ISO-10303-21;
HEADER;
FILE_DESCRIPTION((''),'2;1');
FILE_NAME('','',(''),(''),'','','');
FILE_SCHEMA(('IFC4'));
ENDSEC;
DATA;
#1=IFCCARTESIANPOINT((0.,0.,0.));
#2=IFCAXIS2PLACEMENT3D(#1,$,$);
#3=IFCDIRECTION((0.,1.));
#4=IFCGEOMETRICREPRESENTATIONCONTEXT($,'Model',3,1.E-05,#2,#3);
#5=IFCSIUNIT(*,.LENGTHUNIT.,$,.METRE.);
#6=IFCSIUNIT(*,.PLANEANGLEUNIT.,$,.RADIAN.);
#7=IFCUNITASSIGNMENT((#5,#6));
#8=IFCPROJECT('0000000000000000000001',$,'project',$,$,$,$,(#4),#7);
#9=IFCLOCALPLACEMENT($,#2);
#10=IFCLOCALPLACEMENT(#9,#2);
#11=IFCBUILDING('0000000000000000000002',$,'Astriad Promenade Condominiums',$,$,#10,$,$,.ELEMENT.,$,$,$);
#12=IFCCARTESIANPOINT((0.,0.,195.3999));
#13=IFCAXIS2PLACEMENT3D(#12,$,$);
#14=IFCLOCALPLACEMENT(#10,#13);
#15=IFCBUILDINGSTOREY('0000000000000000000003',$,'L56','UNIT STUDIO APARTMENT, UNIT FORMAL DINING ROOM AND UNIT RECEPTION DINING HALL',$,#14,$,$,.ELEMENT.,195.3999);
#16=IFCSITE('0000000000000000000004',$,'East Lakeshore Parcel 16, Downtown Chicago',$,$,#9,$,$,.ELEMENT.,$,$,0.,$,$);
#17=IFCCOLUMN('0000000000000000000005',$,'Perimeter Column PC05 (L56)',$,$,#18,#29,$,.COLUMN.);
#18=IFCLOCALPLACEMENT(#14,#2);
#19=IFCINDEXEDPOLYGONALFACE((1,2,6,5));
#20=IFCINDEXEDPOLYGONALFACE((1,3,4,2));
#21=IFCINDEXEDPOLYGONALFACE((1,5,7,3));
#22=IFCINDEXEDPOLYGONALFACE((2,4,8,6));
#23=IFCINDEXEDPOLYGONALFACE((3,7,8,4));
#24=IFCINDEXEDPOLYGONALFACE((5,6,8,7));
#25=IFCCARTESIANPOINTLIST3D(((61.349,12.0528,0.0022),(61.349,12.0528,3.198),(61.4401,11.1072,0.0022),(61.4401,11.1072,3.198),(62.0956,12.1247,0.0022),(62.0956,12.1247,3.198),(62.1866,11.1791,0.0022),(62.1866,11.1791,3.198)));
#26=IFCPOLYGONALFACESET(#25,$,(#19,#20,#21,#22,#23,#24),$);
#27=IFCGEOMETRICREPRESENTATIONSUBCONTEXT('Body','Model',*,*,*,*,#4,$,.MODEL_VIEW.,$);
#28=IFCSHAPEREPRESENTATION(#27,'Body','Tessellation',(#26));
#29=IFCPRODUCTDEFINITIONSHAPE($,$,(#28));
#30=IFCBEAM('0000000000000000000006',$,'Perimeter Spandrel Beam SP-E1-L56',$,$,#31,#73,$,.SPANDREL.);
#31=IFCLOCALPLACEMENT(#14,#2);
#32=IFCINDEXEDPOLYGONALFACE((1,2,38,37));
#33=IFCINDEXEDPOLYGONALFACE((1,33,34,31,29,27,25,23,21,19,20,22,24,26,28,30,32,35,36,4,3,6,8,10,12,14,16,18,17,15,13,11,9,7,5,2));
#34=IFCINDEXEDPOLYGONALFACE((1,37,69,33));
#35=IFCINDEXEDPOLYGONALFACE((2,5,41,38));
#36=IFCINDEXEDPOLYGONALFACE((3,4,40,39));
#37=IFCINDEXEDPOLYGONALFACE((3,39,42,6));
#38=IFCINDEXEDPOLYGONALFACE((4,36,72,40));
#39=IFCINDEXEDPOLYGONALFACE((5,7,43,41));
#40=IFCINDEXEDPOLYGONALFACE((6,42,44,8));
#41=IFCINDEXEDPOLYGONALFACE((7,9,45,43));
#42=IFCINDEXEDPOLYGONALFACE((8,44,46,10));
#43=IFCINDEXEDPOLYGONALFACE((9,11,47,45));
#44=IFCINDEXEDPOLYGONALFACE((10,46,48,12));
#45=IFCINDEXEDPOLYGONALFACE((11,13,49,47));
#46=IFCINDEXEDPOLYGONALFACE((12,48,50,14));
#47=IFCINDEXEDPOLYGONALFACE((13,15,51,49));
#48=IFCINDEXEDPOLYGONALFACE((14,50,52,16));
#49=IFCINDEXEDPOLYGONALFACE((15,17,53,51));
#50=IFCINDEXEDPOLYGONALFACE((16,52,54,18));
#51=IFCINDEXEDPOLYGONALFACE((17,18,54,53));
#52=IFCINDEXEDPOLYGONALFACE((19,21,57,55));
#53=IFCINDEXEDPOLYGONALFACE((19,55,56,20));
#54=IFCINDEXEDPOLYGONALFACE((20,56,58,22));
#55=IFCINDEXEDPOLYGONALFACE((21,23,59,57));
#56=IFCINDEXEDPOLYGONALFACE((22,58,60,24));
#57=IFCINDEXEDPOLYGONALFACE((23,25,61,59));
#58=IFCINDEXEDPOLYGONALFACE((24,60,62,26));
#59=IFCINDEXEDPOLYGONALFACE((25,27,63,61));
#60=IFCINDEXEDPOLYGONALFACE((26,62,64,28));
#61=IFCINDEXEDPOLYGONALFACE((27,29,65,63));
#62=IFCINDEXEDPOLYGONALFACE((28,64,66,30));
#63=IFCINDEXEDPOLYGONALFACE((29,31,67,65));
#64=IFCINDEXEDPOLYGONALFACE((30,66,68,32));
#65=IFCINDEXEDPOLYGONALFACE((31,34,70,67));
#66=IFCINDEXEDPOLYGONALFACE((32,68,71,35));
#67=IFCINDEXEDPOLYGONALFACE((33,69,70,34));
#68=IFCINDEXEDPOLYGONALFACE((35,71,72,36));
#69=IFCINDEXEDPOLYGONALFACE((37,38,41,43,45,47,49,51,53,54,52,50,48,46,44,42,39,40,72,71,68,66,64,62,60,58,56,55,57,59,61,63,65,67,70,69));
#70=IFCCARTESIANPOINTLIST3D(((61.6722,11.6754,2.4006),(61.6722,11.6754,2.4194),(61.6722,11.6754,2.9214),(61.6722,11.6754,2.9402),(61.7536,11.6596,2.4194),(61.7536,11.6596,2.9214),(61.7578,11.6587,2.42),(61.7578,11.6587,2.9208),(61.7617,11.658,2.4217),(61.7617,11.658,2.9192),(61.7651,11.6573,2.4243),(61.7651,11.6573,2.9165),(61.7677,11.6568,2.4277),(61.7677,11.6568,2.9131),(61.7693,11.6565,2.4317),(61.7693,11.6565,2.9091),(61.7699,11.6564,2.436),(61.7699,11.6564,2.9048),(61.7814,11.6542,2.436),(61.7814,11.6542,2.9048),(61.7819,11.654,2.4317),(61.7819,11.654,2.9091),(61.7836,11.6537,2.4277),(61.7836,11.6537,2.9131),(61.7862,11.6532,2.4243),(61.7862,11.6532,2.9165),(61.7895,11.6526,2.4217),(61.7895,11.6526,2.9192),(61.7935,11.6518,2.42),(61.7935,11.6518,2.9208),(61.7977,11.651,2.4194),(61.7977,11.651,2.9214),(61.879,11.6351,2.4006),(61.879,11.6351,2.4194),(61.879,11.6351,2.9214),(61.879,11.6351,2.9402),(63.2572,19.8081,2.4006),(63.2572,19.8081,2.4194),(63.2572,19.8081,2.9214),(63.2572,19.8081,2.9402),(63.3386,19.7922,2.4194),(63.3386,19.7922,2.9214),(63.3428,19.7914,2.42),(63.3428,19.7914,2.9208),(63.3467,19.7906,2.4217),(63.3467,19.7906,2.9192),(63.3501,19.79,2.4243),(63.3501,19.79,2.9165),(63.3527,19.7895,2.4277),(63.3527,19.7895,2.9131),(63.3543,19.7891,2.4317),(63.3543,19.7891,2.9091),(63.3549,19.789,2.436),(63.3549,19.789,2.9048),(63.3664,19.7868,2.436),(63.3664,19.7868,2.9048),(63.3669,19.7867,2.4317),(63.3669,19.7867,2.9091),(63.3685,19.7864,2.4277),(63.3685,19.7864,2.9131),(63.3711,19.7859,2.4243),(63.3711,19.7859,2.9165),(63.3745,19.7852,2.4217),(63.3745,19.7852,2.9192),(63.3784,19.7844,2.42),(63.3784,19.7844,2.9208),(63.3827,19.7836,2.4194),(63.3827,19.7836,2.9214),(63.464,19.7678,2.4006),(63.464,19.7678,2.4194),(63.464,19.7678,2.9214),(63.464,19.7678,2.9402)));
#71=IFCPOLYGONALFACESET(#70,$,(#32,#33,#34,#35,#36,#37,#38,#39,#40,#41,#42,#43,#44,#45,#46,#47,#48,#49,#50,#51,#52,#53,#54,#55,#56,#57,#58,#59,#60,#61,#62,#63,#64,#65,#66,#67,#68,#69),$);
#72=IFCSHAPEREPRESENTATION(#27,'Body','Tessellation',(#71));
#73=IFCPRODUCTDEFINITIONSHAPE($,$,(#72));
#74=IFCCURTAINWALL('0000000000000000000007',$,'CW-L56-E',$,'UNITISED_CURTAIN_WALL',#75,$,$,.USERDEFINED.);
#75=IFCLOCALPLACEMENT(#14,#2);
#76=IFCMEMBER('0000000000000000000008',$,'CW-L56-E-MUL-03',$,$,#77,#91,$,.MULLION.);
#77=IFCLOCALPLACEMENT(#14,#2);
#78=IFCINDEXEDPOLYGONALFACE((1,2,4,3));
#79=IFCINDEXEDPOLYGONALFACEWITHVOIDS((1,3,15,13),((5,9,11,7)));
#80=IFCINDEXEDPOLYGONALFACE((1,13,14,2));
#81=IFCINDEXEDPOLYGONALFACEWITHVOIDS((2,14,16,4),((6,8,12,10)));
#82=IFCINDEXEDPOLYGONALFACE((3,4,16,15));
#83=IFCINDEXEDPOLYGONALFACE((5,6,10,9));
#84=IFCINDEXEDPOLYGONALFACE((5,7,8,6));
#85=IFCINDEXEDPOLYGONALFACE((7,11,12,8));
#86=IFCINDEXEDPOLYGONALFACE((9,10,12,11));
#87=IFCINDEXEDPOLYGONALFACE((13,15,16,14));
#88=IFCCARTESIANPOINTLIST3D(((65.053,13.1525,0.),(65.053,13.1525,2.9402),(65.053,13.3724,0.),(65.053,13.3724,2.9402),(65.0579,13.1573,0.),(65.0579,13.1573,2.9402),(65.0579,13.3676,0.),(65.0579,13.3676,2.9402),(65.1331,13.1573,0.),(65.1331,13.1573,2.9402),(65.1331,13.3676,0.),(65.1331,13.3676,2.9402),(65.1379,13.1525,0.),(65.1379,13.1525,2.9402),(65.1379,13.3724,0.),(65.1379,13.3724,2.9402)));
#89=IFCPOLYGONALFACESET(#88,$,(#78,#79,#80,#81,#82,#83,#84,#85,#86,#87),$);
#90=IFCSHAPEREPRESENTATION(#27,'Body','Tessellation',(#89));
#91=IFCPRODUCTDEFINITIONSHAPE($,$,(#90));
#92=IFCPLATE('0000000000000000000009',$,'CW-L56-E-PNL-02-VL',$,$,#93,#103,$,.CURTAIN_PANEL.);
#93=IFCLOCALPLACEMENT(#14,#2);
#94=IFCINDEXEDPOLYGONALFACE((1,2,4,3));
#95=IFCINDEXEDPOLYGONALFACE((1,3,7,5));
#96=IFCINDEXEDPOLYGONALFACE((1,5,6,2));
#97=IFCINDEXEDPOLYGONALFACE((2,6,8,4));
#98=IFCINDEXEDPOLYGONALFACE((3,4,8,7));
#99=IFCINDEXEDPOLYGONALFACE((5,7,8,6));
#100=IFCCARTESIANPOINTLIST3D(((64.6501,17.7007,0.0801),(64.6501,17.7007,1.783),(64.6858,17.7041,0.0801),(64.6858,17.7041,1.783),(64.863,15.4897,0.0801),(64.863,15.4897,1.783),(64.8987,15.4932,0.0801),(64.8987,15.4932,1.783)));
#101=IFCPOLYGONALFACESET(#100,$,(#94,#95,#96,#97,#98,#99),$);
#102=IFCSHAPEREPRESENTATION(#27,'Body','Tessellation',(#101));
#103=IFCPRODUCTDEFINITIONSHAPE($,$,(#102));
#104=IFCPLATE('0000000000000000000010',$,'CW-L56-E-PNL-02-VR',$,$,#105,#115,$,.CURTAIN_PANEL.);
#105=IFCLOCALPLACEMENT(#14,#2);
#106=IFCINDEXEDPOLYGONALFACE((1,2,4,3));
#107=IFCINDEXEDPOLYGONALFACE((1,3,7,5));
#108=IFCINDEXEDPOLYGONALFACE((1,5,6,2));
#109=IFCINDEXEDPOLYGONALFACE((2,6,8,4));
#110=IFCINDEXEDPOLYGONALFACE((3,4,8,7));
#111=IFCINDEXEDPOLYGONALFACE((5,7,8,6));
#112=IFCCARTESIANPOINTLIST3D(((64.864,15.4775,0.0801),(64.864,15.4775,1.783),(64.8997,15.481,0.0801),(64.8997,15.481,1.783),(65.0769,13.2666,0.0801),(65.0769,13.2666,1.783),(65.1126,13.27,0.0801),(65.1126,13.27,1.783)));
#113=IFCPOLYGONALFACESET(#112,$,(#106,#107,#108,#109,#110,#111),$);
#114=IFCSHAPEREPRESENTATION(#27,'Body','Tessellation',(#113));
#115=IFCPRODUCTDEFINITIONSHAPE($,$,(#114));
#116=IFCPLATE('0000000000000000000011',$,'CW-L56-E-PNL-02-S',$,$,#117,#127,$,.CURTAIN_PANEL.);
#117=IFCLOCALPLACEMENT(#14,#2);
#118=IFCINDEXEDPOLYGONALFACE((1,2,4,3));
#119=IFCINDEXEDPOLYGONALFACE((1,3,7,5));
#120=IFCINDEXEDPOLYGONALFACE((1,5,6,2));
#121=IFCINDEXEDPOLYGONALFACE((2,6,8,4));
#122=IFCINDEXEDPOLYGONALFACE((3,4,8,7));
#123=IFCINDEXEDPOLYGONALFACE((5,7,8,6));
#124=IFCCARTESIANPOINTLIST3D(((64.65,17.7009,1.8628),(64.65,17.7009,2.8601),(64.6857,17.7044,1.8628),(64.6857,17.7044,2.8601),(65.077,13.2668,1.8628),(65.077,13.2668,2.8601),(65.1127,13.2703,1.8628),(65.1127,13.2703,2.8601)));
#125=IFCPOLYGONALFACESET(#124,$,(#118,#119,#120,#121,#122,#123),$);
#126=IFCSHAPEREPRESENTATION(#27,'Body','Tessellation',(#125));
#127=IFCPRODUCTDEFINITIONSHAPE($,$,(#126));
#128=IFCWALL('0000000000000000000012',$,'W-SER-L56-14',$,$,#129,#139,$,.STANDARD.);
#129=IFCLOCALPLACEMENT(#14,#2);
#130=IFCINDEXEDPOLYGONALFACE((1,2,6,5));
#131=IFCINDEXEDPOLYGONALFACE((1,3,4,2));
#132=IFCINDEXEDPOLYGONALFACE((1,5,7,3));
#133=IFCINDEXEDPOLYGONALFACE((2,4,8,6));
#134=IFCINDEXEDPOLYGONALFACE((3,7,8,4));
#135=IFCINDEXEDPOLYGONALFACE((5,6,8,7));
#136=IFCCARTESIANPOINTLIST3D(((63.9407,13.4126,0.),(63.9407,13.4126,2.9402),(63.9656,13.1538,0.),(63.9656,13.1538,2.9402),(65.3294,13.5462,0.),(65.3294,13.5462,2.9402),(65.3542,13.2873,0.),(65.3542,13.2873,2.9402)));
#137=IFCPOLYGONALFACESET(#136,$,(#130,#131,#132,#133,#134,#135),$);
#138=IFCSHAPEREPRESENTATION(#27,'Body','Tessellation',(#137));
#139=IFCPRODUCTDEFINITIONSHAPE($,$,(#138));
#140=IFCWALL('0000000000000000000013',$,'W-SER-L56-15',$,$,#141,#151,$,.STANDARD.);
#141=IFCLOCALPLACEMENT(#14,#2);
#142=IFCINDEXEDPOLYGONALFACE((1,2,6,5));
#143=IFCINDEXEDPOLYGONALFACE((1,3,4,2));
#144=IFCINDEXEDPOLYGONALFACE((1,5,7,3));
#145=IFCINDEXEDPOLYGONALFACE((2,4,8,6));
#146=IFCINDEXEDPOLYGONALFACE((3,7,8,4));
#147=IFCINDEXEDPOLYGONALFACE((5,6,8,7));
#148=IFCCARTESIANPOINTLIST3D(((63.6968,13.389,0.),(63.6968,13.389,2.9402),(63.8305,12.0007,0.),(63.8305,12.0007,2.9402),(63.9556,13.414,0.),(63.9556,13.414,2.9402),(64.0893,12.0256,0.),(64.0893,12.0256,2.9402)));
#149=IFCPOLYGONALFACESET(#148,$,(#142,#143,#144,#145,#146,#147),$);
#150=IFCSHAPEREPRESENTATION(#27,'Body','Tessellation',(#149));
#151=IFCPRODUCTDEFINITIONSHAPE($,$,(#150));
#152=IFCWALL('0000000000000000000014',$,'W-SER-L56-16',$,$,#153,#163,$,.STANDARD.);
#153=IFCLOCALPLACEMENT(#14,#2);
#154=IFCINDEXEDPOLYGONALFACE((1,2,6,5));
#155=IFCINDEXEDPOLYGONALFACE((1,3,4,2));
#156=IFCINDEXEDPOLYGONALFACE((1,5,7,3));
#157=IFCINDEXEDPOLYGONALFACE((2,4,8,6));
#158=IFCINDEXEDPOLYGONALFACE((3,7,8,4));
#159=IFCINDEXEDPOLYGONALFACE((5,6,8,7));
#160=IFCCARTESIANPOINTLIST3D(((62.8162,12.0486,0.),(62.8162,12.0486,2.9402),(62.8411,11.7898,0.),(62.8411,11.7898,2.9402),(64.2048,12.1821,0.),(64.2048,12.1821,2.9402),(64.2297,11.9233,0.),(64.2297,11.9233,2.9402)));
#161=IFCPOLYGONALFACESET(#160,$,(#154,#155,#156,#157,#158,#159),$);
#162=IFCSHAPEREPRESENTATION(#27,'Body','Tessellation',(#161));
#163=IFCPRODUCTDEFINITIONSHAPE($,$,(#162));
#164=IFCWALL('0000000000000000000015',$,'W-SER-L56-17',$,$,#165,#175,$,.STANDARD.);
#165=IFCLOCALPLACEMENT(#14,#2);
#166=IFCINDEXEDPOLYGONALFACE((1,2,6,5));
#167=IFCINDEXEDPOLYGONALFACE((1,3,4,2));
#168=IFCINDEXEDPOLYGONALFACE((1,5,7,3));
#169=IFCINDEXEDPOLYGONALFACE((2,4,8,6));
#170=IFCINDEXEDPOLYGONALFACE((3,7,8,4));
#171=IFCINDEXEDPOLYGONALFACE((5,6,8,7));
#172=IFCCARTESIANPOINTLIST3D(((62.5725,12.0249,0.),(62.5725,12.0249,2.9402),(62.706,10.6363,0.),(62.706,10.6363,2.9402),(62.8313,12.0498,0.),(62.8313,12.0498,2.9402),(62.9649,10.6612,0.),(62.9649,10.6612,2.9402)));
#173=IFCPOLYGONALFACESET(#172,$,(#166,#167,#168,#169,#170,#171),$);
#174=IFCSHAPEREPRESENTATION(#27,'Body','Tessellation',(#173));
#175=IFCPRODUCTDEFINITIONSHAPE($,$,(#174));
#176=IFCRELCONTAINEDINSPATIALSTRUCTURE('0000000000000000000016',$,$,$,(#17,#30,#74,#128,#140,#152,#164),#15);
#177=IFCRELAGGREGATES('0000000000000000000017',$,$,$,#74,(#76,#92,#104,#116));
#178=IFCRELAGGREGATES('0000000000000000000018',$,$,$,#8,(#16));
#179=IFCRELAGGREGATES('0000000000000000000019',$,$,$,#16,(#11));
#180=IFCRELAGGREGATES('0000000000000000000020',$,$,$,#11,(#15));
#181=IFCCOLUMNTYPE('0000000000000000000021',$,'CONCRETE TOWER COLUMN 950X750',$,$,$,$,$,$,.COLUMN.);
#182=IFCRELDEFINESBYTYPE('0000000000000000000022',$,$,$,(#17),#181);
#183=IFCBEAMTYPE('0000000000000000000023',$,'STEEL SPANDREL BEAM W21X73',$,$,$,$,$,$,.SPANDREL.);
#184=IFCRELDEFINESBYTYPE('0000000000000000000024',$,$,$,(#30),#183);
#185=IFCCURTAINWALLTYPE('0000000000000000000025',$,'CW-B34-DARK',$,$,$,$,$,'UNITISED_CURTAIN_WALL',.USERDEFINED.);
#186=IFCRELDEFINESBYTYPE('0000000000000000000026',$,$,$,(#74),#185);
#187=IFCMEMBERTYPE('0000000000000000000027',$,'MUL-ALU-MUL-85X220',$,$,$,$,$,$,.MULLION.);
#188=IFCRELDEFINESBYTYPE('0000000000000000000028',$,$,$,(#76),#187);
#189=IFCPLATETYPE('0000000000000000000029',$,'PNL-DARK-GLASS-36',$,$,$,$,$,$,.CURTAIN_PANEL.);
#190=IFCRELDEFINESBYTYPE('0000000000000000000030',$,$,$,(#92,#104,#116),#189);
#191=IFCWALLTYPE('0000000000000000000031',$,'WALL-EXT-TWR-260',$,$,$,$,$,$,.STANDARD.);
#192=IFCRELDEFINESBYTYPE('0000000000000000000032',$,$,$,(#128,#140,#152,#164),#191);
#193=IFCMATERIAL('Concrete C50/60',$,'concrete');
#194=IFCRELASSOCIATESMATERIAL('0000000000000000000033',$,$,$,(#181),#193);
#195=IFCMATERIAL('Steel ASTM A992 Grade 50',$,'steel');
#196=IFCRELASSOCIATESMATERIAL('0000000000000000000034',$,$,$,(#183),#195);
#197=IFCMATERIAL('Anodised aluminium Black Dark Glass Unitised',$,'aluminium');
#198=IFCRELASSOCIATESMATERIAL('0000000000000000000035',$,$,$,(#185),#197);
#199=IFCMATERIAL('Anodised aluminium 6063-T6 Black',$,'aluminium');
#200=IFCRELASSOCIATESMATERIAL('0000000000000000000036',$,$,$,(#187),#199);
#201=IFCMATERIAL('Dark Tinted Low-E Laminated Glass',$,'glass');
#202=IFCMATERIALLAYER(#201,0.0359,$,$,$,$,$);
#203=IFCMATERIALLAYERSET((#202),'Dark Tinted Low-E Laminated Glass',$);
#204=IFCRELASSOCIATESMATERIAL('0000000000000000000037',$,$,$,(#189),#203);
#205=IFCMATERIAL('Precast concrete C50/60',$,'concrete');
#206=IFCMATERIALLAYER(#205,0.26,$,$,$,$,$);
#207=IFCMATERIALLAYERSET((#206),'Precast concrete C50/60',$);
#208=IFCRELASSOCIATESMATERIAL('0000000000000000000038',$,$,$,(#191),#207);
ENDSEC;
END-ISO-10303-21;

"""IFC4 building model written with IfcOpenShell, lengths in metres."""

from ifc_helpers import new_model, si_unit, direction, frame, frame_2d, origin, origin_2d, place, context, subcontext, project, spatial, rectangle, hollow_rectangle, i_section, extrude, source, transform, mapped, material, layer, layer_set, material_profile, profile_set, type_object, type_shapes, element, aggregate, save


model = new_model("IFC4")

# Units and contexts
model_context = context("Model", 3, precision=1e-05, world=origin(), true_north=direction((0.0, 1.0)))
body_context = subcontext(model_context, "Body", "Model", "MODEL_VIEW")
ifc_project = project(units=[si_unit("LENGTHUNIT", "METRE"), si_unit("PLANEANGLEUNIT", "RADIAN")], contexts=[model_context])

# Site, building, storey
site_placement = place(None, origin())
site = spatial("IfcSite", under=ifc_project, at=site_placement, Name="East Lakeshore Parcel 16, Downtown Chicago", CompositionType="ELEMENT", RefElevation=0.0)
building_placement = place(site_placement, origin())
building = spatial("IfcBuilding", under=site, at=building_placement, Name="Astriad Promenade Condominiums", CompositionType="ELEMENT")
storey_placement = place(building_placement, frame((0.0, 0.0, 195.3999)))
storey = spatial("IfcBuildingStorey", under=building, at=storey_placement, Name="L56", Description="UNIT STUDIO APARTMENT, UNIT FORMAL DINING ROOM AND UNIT RECEPTION DINING HALL", CompositionType="ELEMENT", Elevation=195.3999)

# Column
ifc_material_1 = material(Name="Concrete C50/60", Category="concrete")
ifc_material_profile_1 = material_profile(ifc_material_1, rectangle(XDim=0.75, YDim=0.95, at=origin_2d()), Name="RC-COL-950X750")
ifc_profile_set_1 = profile_set([ifc_material_profile_1], Name="Concrete C50/60")
column_type = type_object("IfcColumnType", Name="CONCRETE TOWER COLUMN 950X750", PredefinedType="COLUMN", material=ifc_profile_set_1)
shared_shape_1 = source(origin(), body_context, "Body", "SweptSolid", [
    extrude(rectangle(XDim=0.75, YDim=0.95, at=origin_2d()), origin(), (0.0, 0.0, 1.0), 3.1958),
])
type_shapes(column_type, [shared_shape_1])
column_placement = place(storey_placement, frame((61.7678, 11.616, 0.0022), z_axis=(0.0, 0.0, 1.0), x_axis=(0.995396, 0.095846, 0.0)))
element("IfcColumn", 1, at=column_placement, inside=storey, type_object=column_type, Name="Perimeter Column PC05 (L56)", PredefinedType="COLUMN", context=body_context, shape_type="MappedRepresentation", body=[
    mapped(shared_shape_1, transform((0.0, 0.0, 0.0), scale=1.0)),
])

# Beam
ifc_material_2 = material(Name="Steel ASTM A992 Grade 50", Category="steel")
ifc_material_profile_2 = material_profile(ifc_material_2, i_section(OverallWidth=0.2107, OverallDepth=0.5396, WebThickness=0.0117, FlangeThickness=0.0188, FilletRadius=0.0166, at=origin_2d()), Name="W21X73")
ifc_profile_set_2 = profile_set([ifc_material_profile_2], Name="Steel ASTM A992 Grade 50")
beam_type = type_object("IfcBeamType", Name="STEEL SPANDREL BEAM W21X73", PredefinedType="SPANDREL", material=ifc_profile_set_2)
shared_shape_2 = source(origin(), body_context, "Body", "SweptSolid", [
    extrude(i_section(OverallWidth=0.2107, OverallDepth=0.5396, WebThickness=0.0117, FlangeThickness=0.0188, FilletRadius=0.0166, at=origin_2d()), origin(), (0.0, 0.0, 1.0), 8.2856),
])
type_shapes(beam_type, [shared_shape_2])
beam_placement = place(storey_placement, frame((61.7756, 11.6553, 2.6704), z_axis=(0.191292, 0.981533, 0.0), x_axis=(-0.981533, 0.191292, 0.0)))
element("IfcBeam", 2, at=beam_placement, inside=storey, type_object=beam_type, Name="Perimeter Spandrel Beam SP-E1-L56", PredefinedType="SPANDREL", context=body_context, shape_type="MappedRepresentation", body=[
    mapped(shared_shape_2, transform((0.0, 0.0, 0.0), scale=1.0)),
])

# Curtain wall, member, plates
ifc_material_3 = material(Name="Anodised aluminium Black Dark Glass Unitised", Category="aluminium")
curtain_wall_type = type_object("IfcCurtainWallType", Name="CW-B34-DARK", ElementType="UNITISED_CURTAIN_WALL", PredefinedType="USERDEFINED", material=ifc_material_3)
curtain_wall_placement = place(storey_placement, origin())
curtain_wall = element("IfcCurtainWall", 3, at=curtain_wall_placement, inside=storey, type_object=curtain_wall_type, Name="CW-L56-E", ObjectType="UNITISED_CURTAIN_WALL", PredefinedType="USERDEFINED")
ifc_material_4 = material(Name="Anodised aluminium 6063-T6 Black", Category="aluminium")
ifc_material_profile_3 = material_profile(ifc_material_4, hollow_rectangle(XDim=0.085, YDim=0.22, WallThickness=0.0049, at=origin_2d()), Name="ALU-MUL-85X220")
ifc_profile_set_3 = profile_set([ifc_material_profile_3], Name="Anodised aluminium 6063-T6 Black")
member_type = type_object("IfcMemberType", Name="MUL-ALU-MUL-85X220", PredefinedType="MULLION", material=ifc_profile_set_3)
shared_shape_3 = source(origin(), body_context, "Body", "SweptSolid", [
    extrude(hollow_rectangle(XDim=0.085, YDim=0.22, WallThickness=0.0049, at=origin_2d()), origin(), (0.0, 0.0, 1.0), 2.9402),
])
type_shapes(member_type, [shared_shape_3])
member_placement = place(storey_placement, frame((65.0955, 13.2625, 0.0), z_axis=(0.0, 0.0, 1.0), x_axis=(1.0, 0.0, 0.0)))
member = element("IfcMember", 4, at=member_placement, type_object=member_type, Name="CW-L56-E-MUL-03", PredefinedType="MULLION", context=body_context, shape_type="MappedRepresentation", body=[
    mapped(shared_shape_3, transform((0.0, 0.0, 0.0), scale=1.0)),
])
ifc_material_5 = material(Name="Dark Tinted Low-E Laminated Glass", Category="glass")
ifc_layer_1 = layer(ifc_material_5, 0.0359)
ifc_layer_set_1 = layer_set([ifc_layer_1], Name="Dark Tinted Low-E Laminated Glass")
plate_type = type_object("IfcPlateType", Name="PNL-DARK-GLASS-36", PredefinedType="CURTAIN_PANEL", material=ifc_layer_set_1)
shared_shape_4 = source(origin(), body_context, "Body", "SweptSolid", [
    extrude(rectangle(XDim=2.2212, YDim=0.0359, at=origin_2d()), origin(), (0.0, 0.0, 1.0), 1.7029),
])
plate_1_placement = place(storey_placement, frame((64.7744, 16.5969, 0.0801), z_axis=(0.0, 0.0, 1.0), x_axis=(0.095846, -0.995396, 0.0)))
plate_1 = element("IfcPlate", 5, at=plate_1_placement, type_object=plate_type, Name="CW-L56-E-PNL-02-VL", PredefinedType="CURTAIN_PANEL", context=body_context, shape_type="MappedRepresentation", body=[
    mapped(shared_shape_4, transform((0.0, 0.0, 0.0), scale=1.0)),
])
plate_2_placement = place(storey_placement, frame((64.9883, 14.3738, 0.0801), z_axis=(0.0, 0.0, 1.0), x_axis=(0.095846, -0.995396, 0.0)))
plate_2 = element("IfcPlate", 6, at=plate_2_placement, type_object=plate_type, Name="CW-L56-E-PNL-02-VR", PredefinedType="CURTAIN_PANEL", context=body_context, shape_type="MappedRepresentation", body=[
    mapped(shared_shape_4, transform((0.0, 0.0, 0.0), scale=1.0)),
])
shared_shape_5 = source(origin(), body_context, "Body", "SweptSolid", [
    extrude(rectangle(XDim=4.4546, YDim=0.0359, at=origin_2d()), origin(), (0.0, 0.0, 1.0), 0.9973),
])
type_shapes(plate_type, [shared_shape_4, shared_shape_5])
plate_3_placement = place(storey_placement, frame((64.8813, 15.4856, 1.8628), z_axis=(0.0, 0.0, 1.0), x_axis=(0.095846, -0.995396, 0.0)))
plate_3 = element("IfcPlate", 7, at=plate_3_placement, type_object=plate_type, Name="CW-L56-E-PNL-02-S", PredefinedType="CURTAIN_PANEL", context=body_context, shape_type="MappedRepresentation", body=[
    mapped(shared_shape_5, transform((0.0, 0.0, 0.0), scale=1.0)),
])
aggregate(curtain_wall, [member, plate_1, plate_2, plate_3])

# Walls
ifc_material_6 = material(Name="Precast concrete C50/60", Category="concrete")
ifc_layer_2 = layer(ifc_material_6, 0.26)
ifc_layer_set_2 = layer_set([ifc_layer_2], Name="Precast concrete C50/60")
wall_type_1 = type_object("IfcWallType", Name="WALL-EXT-TWR-260", PredefinedType="STANDARD", material=ifc_layer_set_2)
wall_1_placement = place(storey_placement, frame((65.3418, 13.4167, 0.0), z_axis=(0.0, 0.0, 1.0), x_axis=(-0.995408, -0.095726, 0.0)))
element("IfcWall", 8, at=wall_1_placement, inside=storey, type_object=wall_type_1, Name="W-SER-L56-14", PredefinedType="STANDARD", context=body_context, shape_type="SweptSolid", body=[
    extrude(rectangle(XDim=1.395, YDim=0.26, at=frame_2d((0.6975, 0.0))), origin(), (0.0, 0.0, 1.0), 2.9402),
])
wall_2_placement = place(storey_placement, frame((63.8262, 13.4014, 0.0), z_axis=(0.0, 0.0, 1.0), x_axis=(0.095916, -0.995389, 0.0)))
element("IfcWall", 9, at=wall_2_placement, inside=storey, type_object=wall_type_1, Name="W-SER-L56-15", PredefinedType="STANDARD", context=body_context, shape_type="SweptSolid", body=[
    extrude(rectangle(XDim=1.3948, YDim=0.26, at=frame_2d((0.6973, 0.0))), origin(), (0.0, 0.0, 1.0), 2.9402),
])
for number, where, z_axis, x_axis, name in (
    (10, (64.2173, 12.0527, 0.0), (0.0, 0.0, 1.0), (-0.995408, -0.095726, 0.0), "W-SER-L56-16"),
    (11, (62.7019, 12.0374, 0.0), (0.0, 0.0, 1.0), (0.095726, -0.995408, 0.0), "W-SER-L56-17"),
):
    element("IfcWall", number, at=place(storey_placement, frame(where, z_axis=z_axis, x_axis=x_axis)), inside=storey, type_object=wall_type_1, Name=name, PredefinedType="STANDARD", context=body_context, shape_type="SweptSolid", body=[
        extrude(rectangle(XDim=1.395, YDim=0.26, at=frame_2d((0.6975, 0.0))), origin(), (0.0, 0.0, 1.0), 2.9402),
    ])

save(model, "model.ifc")
